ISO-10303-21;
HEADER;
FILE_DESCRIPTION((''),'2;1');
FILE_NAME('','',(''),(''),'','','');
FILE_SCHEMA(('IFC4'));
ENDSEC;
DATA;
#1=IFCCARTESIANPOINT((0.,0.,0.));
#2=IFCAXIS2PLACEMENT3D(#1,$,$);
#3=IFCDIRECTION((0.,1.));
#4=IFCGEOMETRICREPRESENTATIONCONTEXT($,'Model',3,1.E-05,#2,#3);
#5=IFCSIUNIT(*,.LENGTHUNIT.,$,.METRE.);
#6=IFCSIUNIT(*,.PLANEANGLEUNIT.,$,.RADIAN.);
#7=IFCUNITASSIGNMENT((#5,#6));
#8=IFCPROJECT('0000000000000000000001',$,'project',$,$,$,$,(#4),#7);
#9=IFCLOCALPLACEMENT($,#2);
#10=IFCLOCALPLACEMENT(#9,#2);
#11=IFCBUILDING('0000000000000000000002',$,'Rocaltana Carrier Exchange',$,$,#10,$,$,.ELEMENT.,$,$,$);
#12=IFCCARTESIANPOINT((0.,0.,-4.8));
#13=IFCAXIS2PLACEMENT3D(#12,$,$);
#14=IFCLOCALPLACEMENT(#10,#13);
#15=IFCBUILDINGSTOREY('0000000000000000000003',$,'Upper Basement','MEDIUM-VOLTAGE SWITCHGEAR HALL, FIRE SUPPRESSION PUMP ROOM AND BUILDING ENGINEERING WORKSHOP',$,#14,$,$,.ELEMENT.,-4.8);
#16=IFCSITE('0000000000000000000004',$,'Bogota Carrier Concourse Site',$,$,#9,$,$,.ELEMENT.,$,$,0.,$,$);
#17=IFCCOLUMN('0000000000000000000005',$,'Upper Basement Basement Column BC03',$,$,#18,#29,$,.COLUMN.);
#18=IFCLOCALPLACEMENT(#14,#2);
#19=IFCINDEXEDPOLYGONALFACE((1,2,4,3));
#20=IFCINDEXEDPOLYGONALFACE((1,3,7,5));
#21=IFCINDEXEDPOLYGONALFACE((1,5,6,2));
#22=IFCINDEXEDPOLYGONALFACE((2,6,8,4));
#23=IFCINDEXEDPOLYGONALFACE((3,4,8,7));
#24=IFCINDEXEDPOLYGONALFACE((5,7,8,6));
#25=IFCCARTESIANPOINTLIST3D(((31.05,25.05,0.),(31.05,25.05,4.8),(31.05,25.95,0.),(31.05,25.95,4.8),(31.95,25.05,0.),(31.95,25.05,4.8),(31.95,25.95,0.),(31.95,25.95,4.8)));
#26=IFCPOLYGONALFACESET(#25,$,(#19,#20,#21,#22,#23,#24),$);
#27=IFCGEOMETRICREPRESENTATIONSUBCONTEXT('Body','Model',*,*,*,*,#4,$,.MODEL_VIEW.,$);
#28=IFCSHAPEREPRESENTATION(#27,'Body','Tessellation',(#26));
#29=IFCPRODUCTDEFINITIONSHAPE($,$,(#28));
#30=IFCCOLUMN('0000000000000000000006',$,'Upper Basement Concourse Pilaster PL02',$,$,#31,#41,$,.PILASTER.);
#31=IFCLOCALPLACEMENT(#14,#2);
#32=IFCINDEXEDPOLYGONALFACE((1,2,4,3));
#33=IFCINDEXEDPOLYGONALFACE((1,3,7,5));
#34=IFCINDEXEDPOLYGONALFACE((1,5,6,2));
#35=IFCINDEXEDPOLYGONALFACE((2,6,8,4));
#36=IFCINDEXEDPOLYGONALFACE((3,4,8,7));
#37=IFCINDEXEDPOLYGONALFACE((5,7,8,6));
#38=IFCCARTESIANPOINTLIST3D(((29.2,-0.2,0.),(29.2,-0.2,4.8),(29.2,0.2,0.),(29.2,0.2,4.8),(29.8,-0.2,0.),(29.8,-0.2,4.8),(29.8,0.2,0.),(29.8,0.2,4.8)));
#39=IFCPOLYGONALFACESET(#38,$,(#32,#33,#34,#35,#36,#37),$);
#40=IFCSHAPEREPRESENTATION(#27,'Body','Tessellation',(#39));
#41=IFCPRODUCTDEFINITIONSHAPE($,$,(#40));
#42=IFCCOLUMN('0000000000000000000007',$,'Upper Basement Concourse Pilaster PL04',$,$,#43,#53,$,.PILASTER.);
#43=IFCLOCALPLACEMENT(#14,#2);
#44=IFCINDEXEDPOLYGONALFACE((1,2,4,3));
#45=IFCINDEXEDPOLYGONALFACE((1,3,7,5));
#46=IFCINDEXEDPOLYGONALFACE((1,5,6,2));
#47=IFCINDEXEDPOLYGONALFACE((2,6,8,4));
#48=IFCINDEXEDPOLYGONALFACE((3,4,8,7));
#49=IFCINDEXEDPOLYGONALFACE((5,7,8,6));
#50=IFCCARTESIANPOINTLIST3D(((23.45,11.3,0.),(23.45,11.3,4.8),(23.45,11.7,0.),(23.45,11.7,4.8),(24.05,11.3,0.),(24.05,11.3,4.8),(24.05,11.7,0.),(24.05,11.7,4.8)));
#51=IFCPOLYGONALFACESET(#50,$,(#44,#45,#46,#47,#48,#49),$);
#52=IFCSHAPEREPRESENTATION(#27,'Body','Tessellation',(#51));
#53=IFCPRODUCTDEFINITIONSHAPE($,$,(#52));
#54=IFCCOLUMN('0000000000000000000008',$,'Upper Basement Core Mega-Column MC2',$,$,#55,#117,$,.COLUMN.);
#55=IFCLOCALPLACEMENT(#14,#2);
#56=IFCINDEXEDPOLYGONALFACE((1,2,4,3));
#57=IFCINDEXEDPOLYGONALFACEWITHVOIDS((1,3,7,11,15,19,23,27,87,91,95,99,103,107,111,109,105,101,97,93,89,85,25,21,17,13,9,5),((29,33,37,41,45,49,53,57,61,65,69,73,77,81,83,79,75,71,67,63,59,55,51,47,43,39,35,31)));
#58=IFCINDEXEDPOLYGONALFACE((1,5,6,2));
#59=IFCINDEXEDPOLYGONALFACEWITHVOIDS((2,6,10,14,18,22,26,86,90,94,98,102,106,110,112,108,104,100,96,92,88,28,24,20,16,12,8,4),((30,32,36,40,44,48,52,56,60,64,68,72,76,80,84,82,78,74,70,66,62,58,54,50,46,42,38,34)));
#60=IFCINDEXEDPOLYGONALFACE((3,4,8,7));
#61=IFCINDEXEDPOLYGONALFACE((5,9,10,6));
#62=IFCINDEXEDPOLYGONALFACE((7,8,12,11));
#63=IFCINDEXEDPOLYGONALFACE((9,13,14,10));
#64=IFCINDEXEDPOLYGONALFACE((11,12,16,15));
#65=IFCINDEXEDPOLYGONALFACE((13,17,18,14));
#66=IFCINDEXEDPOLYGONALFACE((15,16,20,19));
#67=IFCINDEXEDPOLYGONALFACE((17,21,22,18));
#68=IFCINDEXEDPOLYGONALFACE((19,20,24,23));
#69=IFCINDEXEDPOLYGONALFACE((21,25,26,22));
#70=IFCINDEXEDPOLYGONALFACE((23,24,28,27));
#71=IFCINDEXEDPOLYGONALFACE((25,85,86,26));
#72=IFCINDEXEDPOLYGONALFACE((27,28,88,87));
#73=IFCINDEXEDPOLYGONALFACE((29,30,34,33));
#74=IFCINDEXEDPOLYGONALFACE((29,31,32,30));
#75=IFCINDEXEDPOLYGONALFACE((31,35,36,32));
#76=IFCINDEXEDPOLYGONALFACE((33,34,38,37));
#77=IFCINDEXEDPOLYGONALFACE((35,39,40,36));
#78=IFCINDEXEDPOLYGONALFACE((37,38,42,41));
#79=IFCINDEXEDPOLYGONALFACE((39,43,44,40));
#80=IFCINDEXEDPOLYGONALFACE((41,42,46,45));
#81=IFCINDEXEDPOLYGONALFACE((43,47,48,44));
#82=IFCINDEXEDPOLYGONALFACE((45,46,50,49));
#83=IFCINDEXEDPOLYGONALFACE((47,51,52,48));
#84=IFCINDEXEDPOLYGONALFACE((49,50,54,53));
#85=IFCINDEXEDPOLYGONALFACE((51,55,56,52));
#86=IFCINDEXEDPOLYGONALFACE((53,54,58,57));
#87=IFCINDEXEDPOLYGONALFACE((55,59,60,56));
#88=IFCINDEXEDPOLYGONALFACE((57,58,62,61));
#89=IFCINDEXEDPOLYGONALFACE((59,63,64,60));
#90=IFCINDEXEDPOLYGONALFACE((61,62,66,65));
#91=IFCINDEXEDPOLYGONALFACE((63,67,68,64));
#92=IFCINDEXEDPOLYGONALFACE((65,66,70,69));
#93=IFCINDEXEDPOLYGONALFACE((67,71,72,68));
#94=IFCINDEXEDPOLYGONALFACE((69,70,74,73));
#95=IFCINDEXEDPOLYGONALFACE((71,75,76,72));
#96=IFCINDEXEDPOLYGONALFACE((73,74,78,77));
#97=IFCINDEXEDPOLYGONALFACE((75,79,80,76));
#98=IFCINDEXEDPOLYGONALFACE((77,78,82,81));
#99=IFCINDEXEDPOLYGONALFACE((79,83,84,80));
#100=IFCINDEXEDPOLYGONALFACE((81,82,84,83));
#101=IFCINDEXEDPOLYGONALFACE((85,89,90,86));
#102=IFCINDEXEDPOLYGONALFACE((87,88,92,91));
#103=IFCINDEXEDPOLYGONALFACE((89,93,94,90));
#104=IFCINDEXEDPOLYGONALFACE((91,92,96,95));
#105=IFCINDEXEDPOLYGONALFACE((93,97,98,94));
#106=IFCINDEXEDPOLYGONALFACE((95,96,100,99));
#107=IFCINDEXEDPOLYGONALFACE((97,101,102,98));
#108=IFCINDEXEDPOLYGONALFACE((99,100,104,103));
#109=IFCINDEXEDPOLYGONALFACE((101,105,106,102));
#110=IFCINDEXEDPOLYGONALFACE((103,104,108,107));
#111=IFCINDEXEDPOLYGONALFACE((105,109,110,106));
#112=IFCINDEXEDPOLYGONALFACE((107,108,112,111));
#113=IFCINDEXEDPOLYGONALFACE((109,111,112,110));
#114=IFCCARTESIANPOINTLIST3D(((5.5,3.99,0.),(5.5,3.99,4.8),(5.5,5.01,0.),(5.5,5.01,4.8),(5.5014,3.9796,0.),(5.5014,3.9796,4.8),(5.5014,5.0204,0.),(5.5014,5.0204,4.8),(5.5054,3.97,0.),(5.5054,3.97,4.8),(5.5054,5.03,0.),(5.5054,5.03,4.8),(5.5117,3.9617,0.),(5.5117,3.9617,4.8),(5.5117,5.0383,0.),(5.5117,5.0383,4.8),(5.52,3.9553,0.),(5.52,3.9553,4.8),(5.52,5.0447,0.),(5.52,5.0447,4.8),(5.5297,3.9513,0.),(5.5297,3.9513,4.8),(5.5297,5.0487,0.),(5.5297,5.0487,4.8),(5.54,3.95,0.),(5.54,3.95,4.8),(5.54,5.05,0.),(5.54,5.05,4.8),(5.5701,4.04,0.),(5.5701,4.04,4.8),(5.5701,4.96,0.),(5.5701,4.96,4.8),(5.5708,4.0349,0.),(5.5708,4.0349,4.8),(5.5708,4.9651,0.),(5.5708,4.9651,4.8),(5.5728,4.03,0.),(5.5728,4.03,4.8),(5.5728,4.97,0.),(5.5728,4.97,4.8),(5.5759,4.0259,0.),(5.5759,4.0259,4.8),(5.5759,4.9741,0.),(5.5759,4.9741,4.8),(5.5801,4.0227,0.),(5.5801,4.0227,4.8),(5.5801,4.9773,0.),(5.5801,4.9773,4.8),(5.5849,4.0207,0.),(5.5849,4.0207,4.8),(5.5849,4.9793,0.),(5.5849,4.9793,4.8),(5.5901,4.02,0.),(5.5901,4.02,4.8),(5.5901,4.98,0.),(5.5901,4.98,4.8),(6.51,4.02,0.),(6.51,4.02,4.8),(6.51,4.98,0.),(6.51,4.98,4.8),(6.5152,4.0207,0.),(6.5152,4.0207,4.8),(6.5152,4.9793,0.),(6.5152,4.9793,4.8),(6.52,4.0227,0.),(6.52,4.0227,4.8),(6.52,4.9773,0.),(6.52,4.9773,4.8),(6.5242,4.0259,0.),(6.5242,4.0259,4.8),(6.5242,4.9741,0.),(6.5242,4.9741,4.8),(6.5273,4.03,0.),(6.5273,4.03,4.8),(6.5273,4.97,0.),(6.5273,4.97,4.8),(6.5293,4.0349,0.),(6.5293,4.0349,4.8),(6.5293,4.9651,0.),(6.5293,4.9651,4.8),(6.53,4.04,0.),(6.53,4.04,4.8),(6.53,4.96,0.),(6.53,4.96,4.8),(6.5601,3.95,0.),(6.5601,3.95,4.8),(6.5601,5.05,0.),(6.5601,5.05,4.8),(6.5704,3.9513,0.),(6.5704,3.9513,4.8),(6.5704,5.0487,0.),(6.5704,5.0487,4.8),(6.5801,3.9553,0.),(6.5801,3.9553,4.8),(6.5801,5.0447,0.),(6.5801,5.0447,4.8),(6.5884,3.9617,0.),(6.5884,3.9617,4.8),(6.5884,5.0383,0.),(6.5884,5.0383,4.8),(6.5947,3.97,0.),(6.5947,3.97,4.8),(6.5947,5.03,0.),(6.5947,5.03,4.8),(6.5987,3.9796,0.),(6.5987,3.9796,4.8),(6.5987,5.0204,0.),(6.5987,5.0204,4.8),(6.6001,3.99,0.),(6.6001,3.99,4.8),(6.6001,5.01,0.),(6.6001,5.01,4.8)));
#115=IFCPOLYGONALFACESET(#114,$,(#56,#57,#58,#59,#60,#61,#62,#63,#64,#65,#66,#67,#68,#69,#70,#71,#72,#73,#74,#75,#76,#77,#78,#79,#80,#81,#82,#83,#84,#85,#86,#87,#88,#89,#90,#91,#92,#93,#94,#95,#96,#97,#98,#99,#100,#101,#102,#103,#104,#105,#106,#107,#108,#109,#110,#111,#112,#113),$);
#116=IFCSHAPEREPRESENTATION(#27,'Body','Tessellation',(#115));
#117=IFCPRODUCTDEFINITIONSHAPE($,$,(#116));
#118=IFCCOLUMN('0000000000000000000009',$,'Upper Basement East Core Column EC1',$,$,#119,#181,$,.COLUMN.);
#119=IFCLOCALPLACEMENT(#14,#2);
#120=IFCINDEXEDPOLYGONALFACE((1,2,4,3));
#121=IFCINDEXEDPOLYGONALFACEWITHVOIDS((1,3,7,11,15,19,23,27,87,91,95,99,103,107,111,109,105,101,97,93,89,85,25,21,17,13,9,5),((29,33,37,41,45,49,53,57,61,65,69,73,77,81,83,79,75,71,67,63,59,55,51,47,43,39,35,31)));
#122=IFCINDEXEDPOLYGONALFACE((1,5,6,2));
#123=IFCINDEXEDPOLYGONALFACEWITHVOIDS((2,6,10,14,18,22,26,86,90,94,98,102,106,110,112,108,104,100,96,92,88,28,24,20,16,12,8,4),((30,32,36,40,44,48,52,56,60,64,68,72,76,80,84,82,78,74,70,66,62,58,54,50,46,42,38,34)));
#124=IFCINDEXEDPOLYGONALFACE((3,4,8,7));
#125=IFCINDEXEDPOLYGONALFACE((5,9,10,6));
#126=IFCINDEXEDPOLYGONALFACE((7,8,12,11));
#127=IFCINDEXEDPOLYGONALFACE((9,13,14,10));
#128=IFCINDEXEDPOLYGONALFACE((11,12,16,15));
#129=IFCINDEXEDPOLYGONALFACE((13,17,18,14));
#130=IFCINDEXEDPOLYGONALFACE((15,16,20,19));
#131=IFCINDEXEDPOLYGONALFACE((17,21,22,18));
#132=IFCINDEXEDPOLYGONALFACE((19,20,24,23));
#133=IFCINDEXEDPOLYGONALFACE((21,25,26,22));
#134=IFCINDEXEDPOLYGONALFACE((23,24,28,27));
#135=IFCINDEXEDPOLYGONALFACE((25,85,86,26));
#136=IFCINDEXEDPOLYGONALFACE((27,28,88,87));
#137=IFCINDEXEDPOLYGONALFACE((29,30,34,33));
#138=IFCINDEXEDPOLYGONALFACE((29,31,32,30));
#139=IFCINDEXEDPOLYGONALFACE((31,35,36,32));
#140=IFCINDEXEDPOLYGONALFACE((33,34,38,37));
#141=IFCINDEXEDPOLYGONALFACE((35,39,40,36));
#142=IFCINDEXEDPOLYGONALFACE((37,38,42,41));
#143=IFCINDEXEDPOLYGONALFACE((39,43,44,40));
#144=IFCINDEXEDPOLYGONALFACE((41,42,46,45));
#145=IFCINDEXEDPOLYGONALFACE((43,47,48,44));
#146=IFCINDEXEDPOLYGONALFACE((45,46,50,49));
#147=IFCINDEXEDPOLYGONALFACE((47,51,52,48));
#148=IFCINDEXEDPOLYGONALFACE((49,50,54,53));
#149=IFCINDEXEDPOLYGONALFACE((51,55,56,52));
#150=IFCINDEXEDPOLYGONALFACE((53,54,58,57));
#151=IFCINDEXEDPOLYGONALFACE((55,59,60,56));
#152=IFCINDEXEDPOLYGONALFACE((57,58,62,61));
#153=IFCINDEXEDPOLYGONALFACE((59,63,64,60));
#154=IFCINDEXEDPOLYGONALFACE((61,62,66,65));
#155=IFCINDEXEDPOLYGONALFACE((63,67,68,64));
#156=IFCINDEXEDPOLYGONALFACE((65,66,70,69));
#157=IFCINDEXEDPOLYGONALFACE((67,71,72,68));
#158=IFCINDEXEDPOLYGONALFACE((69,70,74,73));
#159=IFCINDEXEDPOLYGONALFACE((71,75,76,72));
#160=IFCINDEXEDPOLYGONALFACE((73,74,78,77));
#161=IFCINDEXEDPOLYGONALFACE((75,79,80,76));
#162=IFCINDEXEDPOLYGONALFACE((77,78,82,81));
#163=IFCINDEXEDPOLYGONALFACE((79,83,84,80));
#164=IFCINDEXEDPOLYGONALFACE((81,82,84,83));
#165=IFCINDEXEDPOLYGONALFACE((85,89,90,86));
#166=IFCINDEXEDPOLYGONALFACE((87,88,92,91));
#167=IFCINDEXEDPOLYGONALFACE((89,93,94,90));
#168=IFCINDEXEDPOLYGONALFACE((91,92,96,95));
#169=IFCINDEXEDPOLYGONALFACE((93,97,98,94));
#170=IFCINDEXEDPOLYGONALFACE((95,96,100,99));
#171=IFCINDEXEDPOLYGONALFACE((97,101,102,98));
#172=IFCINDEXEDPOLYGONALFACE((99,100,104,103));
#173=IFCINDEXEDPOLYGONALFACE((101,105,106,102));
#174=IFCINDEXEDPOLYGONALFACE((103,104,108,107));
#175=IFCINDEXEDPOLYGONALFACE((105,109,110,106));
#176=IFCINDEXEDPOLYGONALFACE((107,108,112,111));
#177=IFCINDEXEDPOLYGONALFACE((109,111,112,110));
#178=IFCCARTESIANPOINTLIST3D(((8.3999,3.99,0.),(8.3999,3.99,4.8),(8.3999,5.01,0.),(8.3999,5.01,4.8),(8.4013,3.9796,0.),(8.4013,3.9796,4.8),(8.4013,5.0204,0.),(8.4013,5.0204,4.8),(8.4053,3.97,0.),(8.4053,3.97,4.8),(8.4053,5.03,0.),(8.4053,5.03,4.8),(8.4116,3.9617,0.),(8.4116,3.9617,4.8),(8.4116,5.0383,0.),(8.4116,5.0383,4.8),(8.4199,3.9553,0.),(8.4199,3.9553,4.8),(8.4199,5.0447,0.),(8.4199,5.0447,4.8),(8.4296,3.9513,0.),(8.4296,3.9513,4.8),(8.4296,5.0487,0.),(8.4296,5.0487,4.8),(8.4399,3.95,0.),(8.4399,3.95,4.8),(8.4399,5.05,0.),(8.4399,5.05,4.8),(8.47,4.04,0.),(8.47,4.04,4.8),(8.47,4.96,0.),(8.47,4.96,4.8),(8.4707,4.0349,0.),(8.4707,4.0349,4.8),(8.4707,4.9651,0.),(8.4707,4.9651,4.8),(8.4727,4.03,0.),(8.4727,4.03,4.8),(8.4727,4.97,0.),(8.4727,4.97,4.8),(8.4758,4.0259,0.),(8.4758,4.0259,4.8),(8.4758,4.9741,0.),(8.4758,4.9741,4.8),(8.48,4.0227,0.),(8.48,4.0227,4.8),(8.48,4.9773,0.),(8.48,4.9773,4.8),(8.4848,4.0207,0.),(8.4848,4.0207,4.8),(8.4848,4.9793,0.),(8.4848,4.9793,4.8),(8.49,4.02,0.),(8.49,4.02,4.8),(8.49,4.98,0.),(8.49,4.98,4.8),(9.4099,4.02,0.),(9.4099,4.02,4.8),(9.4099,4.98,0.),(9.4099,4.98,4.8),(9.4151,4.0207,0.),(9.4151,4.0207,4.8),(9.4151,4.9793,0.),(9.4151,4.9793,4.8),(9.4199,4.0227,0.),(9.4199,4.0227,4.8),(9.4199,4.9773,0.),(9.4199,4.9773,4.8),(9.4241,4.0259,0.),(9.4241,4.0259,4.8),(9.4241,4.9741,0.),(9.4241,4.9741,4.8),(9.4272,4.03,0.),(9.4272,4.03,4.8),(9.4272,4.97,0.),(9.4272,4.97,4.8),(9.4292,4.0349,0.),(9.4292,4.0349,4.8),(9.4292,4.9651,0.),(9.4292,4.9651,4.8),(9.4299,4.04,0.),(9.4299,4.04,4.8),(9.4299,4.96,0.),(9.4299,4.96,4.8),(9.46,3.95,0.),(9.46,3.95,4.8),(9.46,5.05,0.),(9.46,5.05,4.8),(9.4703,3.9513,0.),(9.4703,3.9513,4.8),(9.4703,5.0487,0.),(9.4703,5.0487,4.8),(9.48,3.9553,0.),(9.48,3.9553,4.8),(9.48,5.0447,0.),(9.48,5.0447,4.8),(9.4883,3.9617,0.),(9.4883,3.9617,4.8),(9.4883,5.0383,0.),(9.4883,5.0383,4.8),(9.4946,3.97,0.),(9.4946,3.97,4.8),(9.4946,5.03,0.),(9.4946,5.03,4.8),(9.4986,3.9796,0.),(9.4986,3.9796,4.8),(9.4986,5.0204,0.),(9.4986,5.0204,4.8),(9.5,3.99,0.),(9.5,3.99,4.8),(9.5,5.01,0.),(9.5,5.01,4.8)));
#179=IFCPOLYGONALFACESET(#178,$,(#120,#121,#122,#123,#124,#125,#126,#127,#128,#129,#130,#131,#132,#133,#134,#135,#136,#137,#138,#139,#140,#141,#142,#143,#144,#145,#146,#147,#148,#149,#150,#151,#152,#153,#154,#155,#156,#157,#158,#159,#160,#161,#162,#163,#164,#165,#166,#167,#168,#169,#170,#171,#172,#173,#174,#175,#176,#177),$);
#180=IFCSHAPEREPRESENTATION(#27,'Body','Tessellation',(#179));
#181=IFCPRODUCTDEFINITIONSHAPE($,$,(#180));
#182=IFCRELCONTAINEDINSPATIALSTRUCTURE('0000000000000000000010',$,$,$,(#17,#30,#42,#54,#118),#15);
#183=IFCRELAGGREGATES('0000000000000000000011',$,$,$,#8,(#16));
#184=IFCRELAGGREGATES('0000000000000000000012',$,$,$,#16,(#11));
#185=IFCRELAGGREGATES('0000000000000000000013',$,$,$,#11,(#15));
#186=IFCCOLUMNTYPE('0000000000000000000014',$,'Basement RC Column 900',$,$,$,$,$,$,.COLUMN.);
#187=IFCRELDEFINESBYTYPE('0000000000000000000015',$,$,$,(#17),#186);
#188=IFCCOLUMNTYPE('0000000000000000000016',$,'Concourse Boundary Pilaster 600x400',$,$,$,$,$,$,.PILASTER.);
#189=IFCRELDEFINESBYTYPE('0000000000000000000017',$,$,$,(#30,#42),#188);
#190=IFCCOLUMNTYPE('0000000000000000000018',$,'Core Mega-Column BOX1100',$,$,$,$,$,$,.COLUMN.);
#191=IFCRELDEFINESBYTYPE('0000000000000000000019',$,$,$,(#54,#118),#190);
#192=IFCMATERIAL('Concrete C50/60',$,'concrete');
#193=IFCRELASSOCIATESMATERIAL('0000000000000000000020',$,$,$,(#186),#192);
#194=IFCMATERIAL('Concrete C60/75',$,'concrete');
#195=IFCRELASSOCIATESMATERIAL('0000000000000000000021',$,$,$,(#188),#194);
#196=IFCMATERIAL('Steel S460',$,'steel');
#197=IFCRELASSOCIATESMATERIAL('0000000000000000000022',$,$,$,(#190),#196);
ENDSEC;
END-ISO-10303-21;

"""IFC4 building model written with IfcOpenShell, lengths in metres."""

from ifc_helpers import new_model, si_unit, direction, frame, origin, origin_2d, place, context, subcontext, project, spatial, rectangle, hollow_rectangle, extrude, material, material_profile, profile_set, type_object, element, save


model = new_model("IFC4")

# Units and contexts
model_context = context("Model", 3, precision=1e-05, world=origin(), true_north=direction((0.0, 1.0)))
body_context = subcontext(model_context, "Body", "Model", "MODEL_VIEW")
ifc_project = project(units=[si_unit("LENGTHUNIT", "METRE"), si_unit("PLANEANGLEUNIT", "RADIAN")], contexts=[model_context])

# Site, building, storey
site_placement = place(None, origin())
site = spatial("IfcSite", under=ifc_project, at=site_placement, Name="Bogota Carrier Concourse Site", CompositionType="ELEMENT", RefElevation=0.0)
building_placement = place(site_placement, origin())
building = spatial("IfcBuilding", under=site, at=building_placement, Name="Rocaltana Carrier Exchange", CompositionType="ELEMENT")
storey_placement = place(building_placement, frame((0.0, 0.0, -4.8)))
storey = spatial("IfcBuildingStorey", under=building, at=storey_placement, Name="Upper Basement", Description="MEDIUM-VOLTAGE SWITCHGEAR HALL, FIRE SUPPRESSION PUMP ROOM AND BUILDING ENGINEERING WORKSHOP", CompositionType="ELEMENT", Elevation=-4.8)

# Columns
ifc_material_1 = material(Name="Concrete C50/60", Category="concrete")
ifc_material_profile_1 = material_profile(ifc_material_1, rectangle(XDim=0.8999, YDim=0.8999, at=origin_2d()), Name="RC-COL-900X900")
ifc_profile_set_1 = profile_set([ifc_material_profile_1], Name="Concrete C50/60")
column_type_1 = type_object("IfcColumnType", Name="Basement RC Column 900", PredefinedType="COLUMN", material=ifc_profile_set_1)
column_1_placement = place(storey_placement, frame((31.5, 25.5, 0.0), z_axis=(0.0, 0.0, 1.0), x_axis=(1.0, 0.0, 0.0)))
element("IfcColumn", 1, at=column_1_placement, inside=storey, type_object=column_type_1, Name="Upper Basement Basement Column BC03", PredefinedType="COLUMN", context=body_context, shape_type="SweptSolid", body=[
    extrude(rectangle(XDim=0.8999, YDim=0.8999, at=origin_2d()), origin(), (0.0, 0.0, 1.0), 4.8),
])
ifc_material_2 = material(Name="Concrete C60/75", Category="concrete")
ifc_material_profile_2 = material_profile(ifc_material_2, rectangle(XDim=0.6001, YDim=0.3999, at=origin_2d()), Name="RC-PIL-600X400")
ifc_profile_set_2 = profile_set([ifc_material_profile_2], Name="Concrete C60/75")
column_type_2 = type_object("IfcColumnType", Name="Concourse Boundary Pilaster 600x400", PredefinedType="PILASTER", material=ifc_profile_set_2)
for number, where, z_axis, x_axis, name in (
    (2, (29.5, 0.0, 0.0), (0.0, 0.0, 1.0), (1.0, 0.0, 0.0), "Upper Basement Concourse Pilaster PL02"),
    (3, (23.75, 11.5, 0.0), (0.0, 0.0, 1.0), (1.0, 0.0, 0.0), "Upper Basement Concourse Pilaster PL04"),
):
    element("IfcColumn", number, at=place(storey_placement, frame(where, z_axis=z_axis, x_axis=x_axis)), inside=storey, type_object=column_type_2, Name=name, PredefinedType="PILASTER", context=body_context, shape_type="SweptSolid", body=[
        extrude(rectangle(XDim=0.6001, YDim=0.3999, at=origin_2d()), origin(), (0.0, 0.0, 1.0), 4.8),
    ])
ifc_material_3 = material(Name="Steel S460", Category="steel")
ifc_material_profile_3 = material_profile(ifc_material_3, hollow_rectangle(XDim=1.1001, YDim=1.1001, WallThickness=0.0701, InnerFilletRadius=0.02, OuterFilletRadius=0.04, at=origin_2d()), Name="BOX1100X1100X70")
ifc_profile_set_3 = profile_set([ifc_material_profile_3], Name="Steel S460")
column_type_3 = type_object("IfcColumnType", Name="Core Mega-Column BOX1100", PredefinedType="COLUMN", material=ifc_profile_set_3)
for number, where, z_axis, x_axis, name in (
    (4, (6.05, 4.5, 0.0), (0.0, 0.0, 1.0), (1.0, 0.0, 0.0), "Upper Basement Core Mega-Column MC2"),
    (5, (8.95, 4.5, 0.0), (0.0, 0.0, 1.0), (1.0, 0.0, 0.0), "Upper Basement East Core Column EC1"),
):
    element("IfcColumn", number, at=place(storey_placement, frame(where, z_axis=z_axis, x_axis=x_axis)), inside=storey, type_object=column_type_3, Name=name, PredefinedType="COLUMN", context=body_context, shape_type="SweptSolid", body=[
        extrude(hollow_rectangle(XDim=1.1001, YDim=1.1001, WallThickness=0.0701, InnerFilletRadius=0.02, OuterFilletRadius=0.04, at=origin_2d()), origin(), (0.0, 0.0, 1.0), 4.8),
    ])

save(model, "model.ifc")
